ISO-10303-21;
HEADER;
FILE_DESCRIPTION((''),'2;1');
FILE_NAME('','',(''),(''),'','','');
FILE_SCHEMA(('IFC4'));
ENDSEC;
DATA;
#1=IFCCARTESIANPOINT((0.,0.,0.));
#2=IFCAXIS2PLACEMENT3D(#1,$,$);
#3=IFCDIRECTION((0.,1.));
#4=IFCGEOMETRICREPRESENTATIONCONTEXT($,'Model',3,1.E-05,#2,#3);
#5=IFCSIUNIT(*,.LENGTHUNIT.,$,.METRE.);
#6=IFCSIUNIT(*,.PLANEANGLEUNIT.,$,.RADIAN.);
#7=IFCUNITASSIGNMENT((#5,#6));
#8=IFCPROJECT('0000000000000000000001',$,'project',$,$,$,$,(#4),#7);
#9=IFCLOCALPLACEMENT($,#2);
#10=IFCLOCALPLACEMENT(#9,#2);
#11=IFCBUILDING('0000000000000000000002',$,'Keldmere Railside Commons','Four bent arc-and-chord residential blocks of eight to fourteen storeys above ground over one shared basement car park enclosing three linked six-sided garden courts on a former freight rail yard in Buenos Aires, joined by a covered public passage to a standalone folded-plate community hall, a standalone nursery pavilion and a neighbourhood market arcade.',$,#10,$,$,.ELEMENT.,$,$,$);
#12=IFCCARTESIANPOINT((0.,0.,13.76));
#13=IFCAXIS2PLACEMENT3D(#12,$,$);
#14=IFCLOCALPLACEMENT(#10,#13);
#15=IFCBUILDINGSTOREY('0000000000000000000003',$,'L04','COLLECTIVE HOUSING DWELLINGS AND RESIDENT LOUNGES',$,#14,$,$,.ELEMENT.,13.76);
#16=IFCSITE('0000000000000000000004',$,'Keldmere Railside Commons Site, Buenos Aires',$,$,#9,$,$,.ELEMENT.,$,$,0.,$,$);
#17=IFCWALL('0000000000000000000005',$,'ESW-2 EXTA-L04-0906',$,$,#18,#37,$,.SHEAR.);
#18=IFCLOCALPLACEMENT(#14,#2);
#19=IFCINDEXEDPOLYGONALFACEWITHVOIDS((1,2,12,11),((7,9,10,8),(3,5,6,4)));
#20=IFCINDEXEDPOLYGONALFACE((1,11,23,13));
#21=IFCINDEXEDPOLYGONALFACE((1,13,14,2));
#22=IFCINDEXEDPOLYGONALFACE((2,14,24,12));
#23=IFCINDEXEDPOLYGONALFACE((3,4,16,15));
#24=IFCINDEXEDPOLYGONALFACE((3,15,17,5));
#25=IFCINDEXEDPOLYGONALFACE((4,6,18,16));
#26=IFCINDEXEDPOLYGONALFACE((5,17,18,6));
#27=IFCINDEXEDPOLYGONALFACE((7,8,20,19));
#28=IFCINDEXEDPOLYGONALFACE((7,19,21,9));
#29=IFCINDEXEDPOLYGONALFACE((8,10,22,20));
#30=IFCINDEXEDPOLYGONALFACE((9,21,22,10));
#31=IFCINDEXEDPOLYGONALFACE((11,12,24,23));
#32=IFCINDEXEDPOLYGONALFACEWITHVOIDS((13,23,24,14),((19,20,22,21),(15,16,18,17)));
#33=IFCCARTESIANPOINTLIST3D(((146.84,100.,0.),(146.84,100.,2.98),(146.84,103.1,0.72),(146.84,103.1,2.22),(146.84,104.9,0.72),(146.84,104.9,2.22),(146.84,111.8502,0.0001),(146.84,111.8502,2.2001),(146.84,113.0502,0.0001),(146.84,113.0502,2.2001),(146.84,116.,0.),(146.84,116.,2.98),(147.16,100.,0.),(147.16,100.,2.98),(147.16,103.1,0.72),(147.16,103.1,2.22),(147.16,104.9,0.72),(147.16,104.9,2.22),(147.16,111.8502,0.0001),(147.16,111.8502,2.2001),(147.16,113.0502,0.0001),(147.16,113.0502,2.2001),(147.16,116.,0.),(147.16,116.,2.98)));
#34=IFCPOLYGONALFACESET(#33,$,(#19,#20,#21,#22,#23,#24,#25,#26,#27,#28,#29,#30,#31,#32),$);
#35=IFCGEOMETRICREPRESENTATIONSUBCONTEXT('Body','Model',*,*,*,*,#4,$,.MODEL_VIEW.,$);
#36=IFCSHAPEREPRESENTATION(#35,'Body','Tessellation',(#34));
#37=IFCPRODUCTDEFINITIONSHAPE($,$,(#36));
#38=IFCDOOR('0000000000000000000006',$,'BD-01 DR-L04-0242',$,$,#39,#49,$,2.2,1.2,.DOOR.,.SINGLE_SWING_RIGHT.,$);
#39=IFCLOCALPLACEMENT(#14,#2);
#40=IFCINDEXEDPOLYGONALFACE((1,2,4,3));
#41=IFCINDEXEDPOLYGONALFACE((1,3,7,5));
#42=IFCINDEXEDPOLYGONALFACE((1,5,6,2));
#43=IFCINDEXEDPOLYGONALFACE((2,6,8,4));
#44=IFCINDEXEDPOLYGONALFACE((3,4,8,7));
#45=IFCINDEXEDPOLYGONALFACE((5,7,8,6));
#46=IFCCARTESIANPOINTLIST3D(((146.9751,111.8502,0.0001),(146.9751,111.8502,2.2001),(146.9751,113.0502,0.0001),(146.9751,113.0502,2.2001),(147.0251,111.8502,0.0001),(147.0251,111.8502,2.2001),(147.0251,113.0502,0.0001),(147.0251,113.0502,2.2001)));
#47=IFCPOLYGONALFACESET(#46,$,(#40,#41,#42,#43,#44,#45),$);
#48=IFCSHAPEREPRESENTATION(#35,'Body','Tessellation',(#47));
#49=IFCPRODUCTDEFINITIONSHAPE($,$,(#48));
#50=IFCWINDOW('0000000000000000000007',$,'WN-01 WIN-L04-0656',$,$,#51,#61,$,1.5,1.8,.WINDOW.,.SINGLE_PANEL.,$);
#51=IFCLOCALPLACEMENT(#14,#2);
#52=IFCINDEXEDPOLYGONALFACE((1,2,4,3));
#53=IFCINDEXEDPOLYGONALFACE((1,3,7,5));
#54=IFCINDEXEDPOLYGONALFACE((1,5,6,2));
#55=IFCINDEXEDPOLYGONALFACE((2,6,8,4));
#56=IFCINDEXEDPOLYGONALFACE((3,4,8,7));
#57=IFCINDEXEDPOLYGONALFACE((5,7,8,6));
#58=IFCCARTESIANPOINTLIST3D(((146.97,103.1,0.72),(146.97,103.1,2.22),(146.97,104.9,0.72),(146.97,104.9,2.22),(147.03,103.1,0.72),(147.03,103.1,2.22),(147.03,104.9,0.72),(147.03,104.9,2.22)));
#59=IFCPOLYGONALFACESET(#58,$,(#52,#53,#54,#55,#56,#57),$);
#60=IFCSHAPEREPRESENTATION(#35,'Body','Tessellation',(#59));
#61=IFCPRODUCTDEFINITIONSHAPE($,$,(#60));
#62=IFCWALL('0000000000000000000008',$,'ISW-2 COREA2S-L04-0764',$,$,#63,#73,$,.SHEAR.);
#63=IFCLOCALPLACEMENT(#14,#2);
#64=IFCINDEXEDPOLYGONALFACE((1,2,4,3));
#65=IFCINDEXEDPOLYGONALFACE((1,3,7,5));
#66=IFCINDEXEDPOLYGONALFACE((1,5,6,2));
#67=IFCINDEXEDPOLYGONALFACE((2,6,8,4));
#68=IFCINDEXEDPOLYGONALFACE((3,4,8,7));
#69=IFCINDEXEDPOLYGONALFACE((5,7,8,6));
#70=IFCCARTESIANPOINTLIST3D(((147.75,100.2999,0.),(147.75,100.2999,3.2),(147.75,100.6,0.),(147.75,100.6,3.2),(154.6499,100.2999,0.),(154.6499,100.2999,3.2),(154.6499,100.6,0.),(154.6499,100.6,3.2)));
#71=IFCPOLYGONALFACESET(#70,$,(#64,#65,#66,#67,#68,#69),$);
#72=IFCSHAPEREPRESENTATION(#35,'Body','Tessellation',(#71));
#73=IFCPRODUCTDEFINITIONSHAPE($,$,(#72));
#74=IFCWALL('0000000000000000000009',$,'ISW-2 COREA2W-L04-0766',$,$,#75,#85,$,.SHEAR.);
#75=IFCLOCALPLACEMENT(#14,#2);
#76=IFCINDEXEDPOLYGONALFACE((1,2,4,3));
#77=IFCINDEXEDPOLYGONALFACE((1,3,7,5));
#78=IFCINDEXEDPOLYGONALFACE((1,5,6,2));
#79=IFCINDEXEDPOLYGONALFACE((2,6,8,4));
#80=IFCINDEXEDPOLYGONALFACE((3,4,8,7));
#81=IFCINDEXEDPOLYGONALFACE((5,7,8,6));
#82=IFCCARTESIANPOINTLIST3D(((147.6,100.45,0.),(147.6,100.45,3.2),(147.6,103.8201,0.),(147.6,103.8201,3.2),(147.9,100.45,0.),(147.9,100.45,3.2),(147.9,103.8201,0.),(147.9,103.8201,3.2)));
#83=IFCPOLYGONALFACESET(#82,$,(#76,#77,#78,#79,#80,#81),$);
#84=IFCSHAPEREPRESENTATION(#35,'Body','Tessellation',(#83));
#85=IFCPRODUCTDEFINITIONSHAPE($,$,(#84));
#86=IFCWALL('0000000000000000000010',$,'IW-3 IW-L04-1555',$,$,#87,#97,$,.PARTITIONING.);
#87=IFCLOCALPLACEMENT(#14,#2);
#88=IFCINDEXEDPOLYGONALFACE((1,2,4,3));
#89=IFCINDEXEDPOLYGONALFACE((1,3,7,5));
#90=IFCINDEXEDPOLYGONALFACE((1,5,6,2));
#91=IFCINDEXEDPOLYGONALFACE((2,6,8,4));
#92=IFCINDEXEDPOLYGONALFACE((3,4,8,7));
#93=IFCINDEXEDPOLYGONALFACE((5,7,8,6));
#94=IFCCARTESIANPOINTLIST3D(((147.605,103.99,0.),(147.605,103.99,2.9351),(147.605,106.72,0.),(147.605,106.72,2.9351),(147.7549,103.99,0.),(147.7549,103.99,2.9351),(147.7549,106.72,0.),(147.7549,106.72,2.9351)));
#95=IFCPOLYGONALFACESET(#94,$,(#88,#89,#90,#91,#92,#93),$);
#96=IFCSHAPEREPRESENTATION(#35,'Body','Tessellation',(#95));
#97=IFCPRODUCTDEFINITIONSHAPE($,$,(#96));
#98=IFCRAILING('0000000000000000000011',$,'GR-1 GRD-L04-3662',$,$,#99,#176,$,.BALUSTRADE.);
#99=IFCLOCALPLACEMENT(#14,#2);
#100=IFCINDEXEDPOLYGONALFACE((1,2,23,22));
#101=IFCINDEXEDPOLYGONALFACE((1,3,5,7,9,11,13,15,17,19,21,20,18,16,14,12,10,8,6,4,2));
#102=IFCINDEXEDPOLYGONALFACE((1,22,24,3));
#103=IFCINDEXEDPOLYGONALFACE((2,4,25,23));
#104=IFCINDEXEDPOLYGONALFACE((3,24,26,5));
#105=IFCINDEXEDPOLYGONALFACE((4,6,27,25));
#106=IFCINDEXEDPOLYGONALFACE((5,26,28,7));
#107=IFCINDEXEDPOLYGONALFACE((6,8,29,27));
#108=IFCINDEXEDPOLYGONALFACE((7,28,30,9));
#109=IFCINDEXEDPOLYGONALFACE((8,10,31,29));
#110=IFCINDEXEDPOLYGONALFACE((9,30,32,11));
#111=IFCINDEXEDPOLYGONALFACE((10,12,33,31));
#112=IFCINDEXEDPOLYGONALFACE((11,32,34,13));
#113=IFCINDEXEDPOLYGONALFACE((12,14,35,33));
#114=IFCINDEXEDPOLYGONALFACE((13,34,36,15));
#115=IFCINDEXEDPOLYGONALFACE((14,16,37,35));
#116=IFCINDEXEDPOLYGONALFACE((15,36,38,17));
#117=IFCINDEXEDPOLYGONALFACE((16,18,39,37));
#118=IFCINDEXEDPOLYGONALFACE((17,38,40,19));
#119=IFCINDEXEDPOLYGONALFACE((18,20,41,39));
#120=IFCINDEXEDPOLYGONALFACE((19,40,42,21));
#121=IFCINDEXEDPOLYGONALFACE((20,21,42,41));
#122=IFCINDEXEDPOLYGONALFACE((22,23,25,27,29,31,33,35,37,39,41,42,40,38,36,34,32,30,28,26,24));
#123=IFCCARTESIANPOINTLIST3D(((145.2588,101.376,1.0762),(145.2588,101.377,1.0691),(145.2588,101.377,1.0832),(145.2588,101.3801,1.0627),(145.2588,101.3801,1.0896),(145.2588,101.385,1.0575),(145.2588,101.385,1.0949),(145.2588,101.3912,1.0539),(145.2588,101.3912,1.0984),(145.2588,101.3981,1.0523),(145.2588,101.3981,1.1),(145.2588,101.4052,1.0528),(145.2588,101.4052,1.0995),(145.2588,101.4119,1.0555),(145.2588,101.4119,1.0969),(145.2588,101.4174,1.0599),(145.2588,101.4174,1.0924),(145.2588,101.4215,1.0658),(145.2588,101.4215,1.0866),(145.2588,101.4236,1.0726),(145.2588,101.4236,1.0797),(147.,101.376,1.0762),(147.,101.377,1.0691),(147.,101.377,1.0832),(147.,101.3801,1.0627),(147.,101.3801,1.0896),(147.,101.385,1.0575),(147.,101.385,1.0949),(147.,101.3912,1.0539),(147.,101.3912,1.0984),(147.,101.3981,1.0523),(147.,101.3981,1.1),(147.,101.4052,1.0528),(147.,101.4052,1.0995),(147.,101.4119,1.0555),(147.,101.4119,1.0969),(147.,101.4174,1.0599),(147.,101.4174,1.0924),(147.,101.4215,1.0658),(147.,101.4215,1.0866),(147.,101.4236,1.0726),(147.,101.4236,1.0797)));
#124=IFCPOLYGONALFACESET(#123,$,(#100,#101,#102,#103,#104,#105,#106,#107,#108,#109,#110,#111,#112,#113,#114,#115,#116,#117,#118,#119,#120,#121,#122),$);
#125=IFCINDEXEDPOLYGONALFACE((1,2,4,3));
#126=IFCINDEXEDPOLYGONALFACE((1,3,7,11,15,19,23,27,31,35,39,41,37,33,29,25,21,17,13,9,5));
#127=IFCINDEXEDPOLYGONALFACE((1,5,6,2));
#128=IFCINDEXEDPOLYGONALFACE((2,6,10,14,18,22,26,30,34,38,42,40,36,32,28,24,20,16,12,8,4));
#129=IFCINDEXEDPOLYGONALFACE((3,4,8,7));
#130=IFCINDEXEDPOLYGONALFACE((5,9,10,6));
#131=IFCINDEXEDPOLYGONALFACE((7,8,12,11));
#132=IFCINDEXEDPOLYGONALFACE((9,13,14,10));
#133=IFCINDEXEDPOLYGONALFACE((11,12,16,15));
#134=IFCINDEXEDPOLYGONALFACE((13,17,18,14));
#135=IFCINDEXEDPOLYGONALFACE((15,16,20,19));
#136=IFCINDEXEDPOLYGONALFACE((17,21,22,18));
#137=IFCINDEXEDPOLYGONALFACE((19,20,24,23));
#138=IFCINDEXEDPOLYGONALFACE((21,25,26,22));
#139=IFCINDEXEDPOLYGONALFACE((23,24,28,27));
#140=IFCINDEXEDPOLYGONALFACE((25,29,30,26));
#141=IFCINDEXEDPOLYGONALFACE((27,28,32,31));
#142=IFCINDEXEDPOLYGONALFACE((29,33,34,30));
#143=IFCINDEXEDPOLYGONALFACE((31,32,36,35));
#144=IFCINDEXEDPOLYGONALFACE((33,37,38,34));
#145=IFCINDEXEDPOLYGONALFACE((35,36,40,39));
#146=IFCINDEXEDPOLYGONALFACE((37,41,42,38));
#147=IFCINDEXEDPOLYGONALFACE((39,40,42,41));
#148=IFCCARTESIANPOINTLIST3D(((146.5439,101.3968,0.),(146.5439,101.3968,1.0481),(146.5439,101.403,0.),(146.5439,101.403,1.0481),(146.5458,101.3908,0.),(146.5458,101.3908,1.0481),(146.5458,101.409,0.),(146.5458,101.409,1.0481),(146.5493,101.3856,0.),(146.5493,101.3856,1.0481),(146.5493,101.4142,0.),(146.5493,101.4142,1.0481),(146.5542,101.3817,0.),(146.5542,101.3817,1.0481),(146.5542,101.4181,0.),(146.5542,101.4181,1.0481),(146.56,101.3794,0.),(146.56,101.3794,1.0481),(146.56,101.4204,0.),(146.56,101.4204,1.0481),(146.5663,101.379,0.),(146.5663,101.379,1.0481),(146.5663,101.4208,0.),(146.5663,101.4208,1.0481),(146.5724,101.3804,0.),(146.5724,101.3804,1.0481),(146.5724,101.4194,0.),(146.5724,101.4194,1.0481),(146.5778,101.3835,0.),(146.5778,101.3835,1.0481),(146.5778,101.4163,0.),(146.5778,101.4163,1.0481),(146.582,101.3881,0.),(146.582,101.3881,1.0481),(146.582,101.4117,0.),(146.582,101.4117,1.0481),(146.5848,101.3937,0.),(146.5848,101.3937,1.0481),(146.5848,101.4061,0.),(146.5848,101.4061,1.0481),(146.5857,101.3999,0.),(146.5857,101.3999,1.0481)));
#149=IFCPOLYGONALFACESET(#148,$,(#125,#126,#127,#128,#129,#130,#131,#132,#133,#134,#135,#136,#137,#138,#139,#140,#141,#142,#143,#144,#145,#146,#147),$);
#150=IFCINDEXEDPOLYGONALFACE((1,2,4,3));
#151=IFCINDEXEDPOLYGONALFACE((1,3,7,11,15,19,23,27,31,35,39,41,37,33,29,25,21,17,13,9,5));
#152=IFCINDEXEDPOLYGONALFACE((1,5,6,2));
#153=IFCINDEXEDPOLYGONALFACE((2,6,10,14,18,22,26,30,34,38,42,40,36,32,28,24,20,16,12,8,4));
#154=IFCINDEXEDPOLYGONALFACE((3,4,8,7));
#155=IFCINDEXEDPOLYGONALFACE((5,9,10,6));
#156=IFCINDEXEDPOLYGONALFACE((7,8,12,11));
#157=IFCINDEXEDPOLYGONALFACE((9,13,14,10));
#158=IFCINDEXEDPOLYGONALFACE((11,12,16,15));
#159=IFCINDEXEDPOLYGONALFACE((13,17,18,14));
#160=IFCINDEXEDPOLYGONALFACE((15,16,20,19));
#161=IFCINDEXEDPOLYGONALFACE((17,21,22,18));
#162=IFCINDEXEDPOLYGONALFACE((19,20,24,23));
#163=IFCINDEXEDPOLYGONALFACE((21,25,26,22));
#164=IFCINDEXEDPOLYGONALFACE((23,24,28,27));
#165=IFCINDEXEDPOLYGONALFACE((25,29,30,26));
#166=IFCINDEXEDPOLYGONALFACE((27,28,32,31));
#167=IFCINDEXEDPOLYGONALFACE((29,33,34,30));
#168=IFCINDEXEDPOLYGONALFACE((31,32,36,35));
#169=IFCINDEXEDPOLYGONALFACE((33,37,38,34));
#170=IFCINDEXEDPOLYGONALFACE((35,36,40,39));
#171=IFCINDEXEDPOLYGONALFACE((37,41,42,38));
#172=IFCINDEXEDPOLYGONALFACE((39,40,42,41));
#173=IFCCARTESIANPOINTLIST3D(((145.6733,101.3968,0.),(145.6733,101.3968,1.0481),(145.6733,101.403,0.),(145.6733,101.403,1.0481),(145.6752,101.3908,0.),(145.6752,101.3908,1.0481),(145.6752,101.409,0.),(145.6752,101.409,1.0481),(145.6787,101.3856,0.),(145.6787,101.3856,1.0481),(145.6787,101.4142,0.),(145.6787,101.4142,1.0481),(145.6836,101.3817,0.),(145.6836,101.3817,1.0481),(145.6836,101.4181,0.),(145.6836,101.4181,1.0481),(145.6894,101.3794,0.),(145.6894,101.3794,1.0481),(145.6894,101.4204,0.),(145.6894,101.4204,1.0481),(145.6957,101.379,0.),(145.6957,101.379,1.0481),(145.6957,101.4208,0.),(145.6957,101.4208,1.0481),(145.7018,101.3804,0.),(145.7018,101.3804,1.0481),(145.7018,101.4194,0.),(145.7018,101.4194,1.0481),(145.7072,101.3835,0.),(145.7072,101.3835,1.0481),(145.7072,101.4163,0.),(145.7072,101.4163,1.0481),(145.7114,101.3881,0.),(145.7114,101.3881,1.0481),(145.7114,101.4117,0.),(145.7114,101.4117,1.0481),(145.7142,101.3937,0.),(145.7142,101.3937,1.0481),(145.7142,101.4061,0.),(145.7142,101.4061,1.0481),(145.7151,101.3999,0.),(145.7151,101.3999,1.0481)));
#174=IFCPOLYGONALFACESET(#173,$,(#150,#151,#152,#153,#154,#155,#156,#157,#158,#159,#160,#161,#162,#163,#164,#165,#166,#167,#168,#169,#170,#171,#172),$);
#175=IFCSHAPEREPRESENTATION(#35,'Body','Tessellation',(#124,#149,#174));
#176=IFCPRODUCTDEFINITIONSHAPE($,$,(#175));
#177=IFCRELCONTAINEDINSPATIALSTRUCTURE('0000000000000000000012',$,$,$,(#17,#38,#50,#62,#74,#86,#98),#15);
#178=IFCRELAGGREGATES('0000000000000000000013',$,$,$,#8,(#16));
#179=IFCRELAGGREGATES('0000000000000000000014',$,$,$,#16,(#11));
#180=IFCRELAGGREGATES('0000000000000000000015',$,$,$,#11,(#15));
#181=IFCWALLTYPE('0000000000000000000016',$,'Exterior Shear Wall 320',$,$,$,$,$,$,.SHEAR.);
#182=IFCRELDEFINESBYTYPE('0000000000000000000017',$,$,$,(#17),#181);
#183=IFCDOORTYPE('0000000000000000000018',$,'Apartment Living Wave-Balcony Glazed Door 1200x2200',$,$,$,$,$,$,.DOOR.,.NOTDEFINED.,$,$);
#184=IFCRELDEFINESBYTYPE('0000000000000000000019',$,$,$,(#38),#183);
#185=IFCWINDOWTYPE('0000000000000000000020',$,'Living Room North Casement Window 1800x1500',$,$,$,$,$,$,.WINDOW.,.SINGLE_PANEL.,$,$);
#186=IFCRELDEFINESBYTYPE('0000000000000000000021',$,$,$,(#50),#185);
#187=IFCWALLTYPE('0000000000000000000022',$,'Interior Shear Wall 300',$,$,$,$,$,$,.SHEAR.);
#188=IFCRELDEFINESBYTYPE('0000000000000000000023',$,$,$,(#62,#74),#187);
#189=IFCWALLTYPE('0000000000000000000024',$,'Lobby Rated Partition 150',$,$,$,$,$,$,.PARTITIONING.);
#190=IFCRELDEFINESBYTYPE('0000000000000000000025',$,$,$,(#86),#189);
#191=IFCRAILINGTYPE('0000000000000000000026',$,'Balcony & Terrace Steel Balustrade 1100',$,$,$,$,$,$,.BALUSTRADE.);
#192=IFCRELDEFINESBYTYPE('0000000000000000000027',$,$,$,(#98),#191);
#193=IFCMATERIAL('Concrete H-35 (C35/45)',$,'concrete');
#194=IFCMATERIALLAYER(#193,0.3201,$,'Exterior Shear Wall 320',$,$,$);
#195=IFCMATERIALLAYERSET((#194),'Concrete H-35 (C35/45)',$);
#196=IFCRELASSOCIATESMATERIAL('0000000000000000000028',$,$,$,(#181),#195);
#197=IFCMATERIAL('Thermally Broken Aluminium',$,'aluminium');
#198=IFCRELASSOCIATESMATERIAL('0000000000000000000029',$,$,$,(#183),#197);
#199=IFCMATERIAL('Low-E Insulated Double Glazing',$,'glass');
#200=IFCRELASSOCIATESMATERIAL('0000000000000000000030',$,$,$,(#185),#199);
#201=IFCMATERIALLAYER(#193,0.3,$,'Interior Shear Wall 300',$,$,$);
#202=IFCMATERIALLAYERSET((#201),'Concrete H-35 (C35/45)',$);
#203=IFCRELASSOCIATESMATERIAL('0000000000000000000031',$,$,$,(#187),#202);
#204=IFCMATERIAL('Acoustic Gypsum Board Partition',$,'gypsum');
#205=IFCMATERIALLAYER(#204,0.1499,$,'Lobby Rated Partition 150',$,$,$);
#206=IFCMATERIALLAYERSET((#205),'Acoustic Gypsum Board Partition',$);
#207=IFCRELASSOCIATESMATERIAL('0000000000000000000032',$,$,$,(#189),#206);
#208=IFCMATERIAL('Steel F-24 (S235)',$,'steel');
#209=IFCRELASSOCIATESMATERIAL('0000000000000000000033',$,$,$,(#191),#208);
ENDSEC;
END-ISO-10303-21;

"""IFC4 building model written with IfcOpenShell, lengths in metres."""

from ifc_helpers import new_model, si_unit, direction, frame, frame_2d, origin, origin_2d, place, context, subcontext, project, spatial, rectangle, circle, extrude, material, layer, layer_set, type_object, element, fill, save


model = new_model("IFC4")

# Units and contexts
model_context = context("Model", 3, precision=1e-05, world=origin(), true_north=direction((0.0, 1.0)))
body_context = subcontext(model_context, "Body", "Model", "MODEL_VIEW")
ifc_project = project(units=[si_unit("LENGTHUNIT", "METRE"), si_unit("PLANEANGLEUNIT", "RADIAN")], contexts=[model_context])

# Site, building, storey
site_placement = place(None, origin())
site = spatial("IfcSite", under=ifc_project, at=site_placement, Name="Keldmere Railside Commons Site, Buenos Aires", CompositionType="ELEMENT", RefElevation=0.0)
building_placement = place(site_placement, origin())
building = spatial("IfcBuilding", under=site, at=building_placement, Name="Keldmere Railside Commons", Description="Four bent arc-and-chord residential blocks of eight to fourteen storeys above ground over one shared basement car park enclosing three linked six-sided garden courts on a former freight rail yard in Buenos Aires, joined by a covered public passage to a standalone folded-plate community hall, a standalone nursery pavilion and a neighbourhood market arcade.", CompositionType="ELEMENT")
storey_placement = place(building_placement, frame((0.0, 0.0, 13.76)))
storey = spatial("IfcBuildingStorey", under=building, at=storey_placement, Name="L04", Description="COLLECTIVE HOUSING DWELLINGS AND RESIDENT LOUNGES", CompositionType="ELEMENT", Elevation=13.76)

# Shared definitions
ifc_material_1 = material(Name="Acoustic Gypsum Board Partition", Category="gypsum")
ifc_material_2 = material(Name="Steel F-24 (S235)", Category="steel")

# Wall, openings, door, window
ifc_material_3 = material(Name="Concrete H-35 (C35/45)", Category="concrete")
ifc_layer_1 = layer(ifc_material_3, 0.3201, Name="Exterior Shear Wall 320")
ifc_layer_set_1 = layer_set([ifc_layer_1], Name="Concrete H-35 (C35/45)")
wall_type_1 = type_object("IfcWallType", Name="Exterior Shear Wall 320", PredefinedType="SHEAR", material=ifc_layer_set_1)
wall_1_placement = place(storey_placement, frame((147.0, 100.0, 0.0), z_axis=(0.0, 0.0, 1.0), x_axis=(0.0, 1.0, 0.0)))
wall_1 = element("IfcWall", 1, at=wall_1_placement, inside=storey, type_object=wall_type_1, Name="ESW-2 EXTA-L04-0906", PredefinedType="SHEAR", context=body_context, shape_type="SweptSolid", body=[
    extrude(rectangle(XDim=16.0, YDim=0.3201, at=frame_2d((8.0, 0.0))), origin(), (0.0, 0.0, 1.0), 2.98),
])
opening_1_placement = place(wall_1_placement, frame((3.1001, 0.0, 0.72)))
opening_1 = element("IfcOpeningElement", 2, at=opening_1_placement, cuts=wall_1, PredefinedType="OPENING", context=body_context, shape_type="SweptSolid", body=[
    extrude(rectangle(XDim=1.8, YDim=1.5, at=frame_2d((0.8999, 0.75))), frame((0.0, 0.1699, 0.0), z_axis=(0.0, -1.0, 0.0), x_axis=(1.0, 0.0, 0.0)), (0.0, 0.0, 1.0), 0.3401),
])
opening_2_placement = place(wall_1_placement, frame((11.8501, 0.0, 0.0)))
opening_2 = element("IfcOpeningElement", 3, at=opening_2_placement, cuts=wall_1, PredefinedType="OPENING", context=body_context, shape_type="SweptSolid", body=[
    extrude(rectangle(XDim=1.2, YDim=2.2, at=frame_2d((0.6001, 1.1001))), frame((0.0, 0.1699, 0.0), z_axis=(0.0, -1.0, 0.0), x_axis=(1.0, 0.0, 0.0)), (0.0, 0.0, 1.0), 0.3401),
])
ifc_material_4 = material(Name="Thermally Broken Aluminium", Category="aluminium")
door_type_1 = type_object("IfcDoorType", Name="Apartment Living Wave-Balcony Glazed Door 1200x2200", OperationType="NOTDEFINED", PredefinedType="DOOR", material=ifc_material_4)
door_1_placement = place(opening_2_placement, origin())
door_1 = element("IfcDoor", 4, at=door_1_placement, inside=storey, type_object=door_type_1, Name="BD-01 DR-L04-0242", OperationType="SINGLE_SWING_RIGHT", OverallHeight=2.2, OverallWidth=1.2, PredefinedType="DOOR", context=body_context, shape_type="SweptSolid", body=[
    extrude(rectangle(XDim=1.2, YDim=2.2, at=frame_2d((0.6001, 1.1001))), frame((0.0, 0.0249, 0.0), z_axis=(0.0, -1.0, 0.0), x_axis=(1.0, 0.0, 0.0)), (0.0, 0.0, 1.0), 0.05),
])
fill(opening_2, door_1)
ifc_material_5 = material(Name="Low-E Insulated Double Glazing", Category="glass")
window_type = type_object("IfcWindowType", Name="Living Room North Casement Window 1800x1500", PartitioningType="SINGLE_PANEL", PredefinedType="WINDOW", material=ifc_material_5)
window_placement = place(opening_1_placement, origin())
window = element("IfcWindow", 5, at=window_placement, inside=storey, type_object=window_type, Name="WN-01 WIN-L04-0656", OverallHeight=1.5, OverallWidth=1.8, PartitioningType="SINGLE_PANEL", PredefinedType="WINDOW", context=body_context, shape_type="SweptSolid", body=[
    extrude(rectangle(XDim=1.8, YDim=1.5, at=frame_2d((0.8999, 0.75))), frame((0.0, 0.03, 0.0), z_axis=(0.0, -1.0, 0.0), x_axis=(1.0, 0.0, 0.0)), (0.0, 0.0, 1.0), 0.0601),
])
fill(opening_1, window)

# Walls
ifc_layer_2 = layer(ifc_material_3, 0.3, Name="Interior Shear Wall 300")
ifc_layer_set_2 = layer_set([ifc_layer_2], Name="Concrete H-35 (C35/45)")
wall_type_2 = type_object("IfcWallType", Name="Interior Shear Wall 300", PredefinedType="SHEAR", material=ifc_layer_set_2)
wall_2_placement = place(storey_placement, frame((147.75, 100.45, 0.0), z_axis=(0.0, 0.0, 1.0), x_axis=(1.0, 0.0, 0.0)))
element("IfcWall", 6, at=wall_2_placement, inside=storey, type_object=wall_type_2, Name="ISW-2 COREA2S-L04-0764", PredefinedType="SHEAR", context=body_context, shape_type="SweptSolid", body=[
    extrude(rectangle(XDim=6.8999, YDim=0.3, at=frame_2d((3.45, 0.0))), origin(), (0.0, 0.0, 1.0), 3.2),
])
wall_3_placement = place(storey_placement, frame((147.75, 103.8201, 0.0), z_axis=(0.0, 0.0, 1.0), x_axis=(0.0, -1.0, 0.0)))
element("IfcWall", 7, at=wall_3_placement, inside=storey, type_object=wall_type_2, Name="ISW-2 COREA2W-L04-0766", PredefinedType="SHEAR", context=body_context, shape_type="SweptSolid", body=[
    extrude(rectangle(XDim=3.3701, YDim=0.3, at=frame_2d((1.6851, 0.0))), origin(), (0.0, 0.0, 1.0), 3.2),
])
ifc_layer_3 = layer(ifc_material_1, 0.1499, Name="Lobby Rated Partition 150")
ifc_layer_set_3 = layer_set([ifc_layer_3], Name="Acoustic Gypsum Board Partition")
wall_type_3 = type_object("IfcWallType", Name="Lobby Rated Partition 150", PredefinedType="PARTITIONING", material=ifc_layer_set_3)
wall_4_placement = place(storey_placement, frame((147.6799, 103.99, 0.0), z_axis=(0.0, 0.0, 1.0), x_axis=(0.0, 1.0, 0.0)))
element("IfcWall", 8, at=wall_4_placement, inside=storey, type_object=wall_type_3, Name="IW-3 IW-L04-1555", PredefinedType="PARTITIONING", context=body_context, shape_type="SweptSolid", body=[
    extrude(rectangle(XDim=2.73, YDim=0.1499, at=frame_2d((1.365, 0.0))), origin(), (0.0, 0.0, 1.0), 2.9351),
])

# Railing
railing_type_1 = type_object("IfcRailingType", Name="Balcony & Terrace Steel Balustrade 1100", PredefinedType="BALUSTRADE", material=ifc_material_2)
railing_1_placement = place(storey_placement, frame((147.0, 101.3999, 0.0)))
element("IfcRailing", 9, at=railing_1_placement, inside=storey, type_object=railing_type_1, Name="GR-1 GRD-L04-3662", PredefinedType="BALUSTRADE", context=body_context, shape_type="SweptSolid", body=[
    extrude(circle(Radius=0.0239, at=origin_2d()), frame((0.0, 0.0, 1.0762), z_axis=(-1.0, 0.0, 0.0), x_axis=(0.0, -1.0, 0.0)), (0.0, 0.0, 1.0), 1.7412),
    extrude(circle(Radius=0.021, at=origin_2d()), frame((-0.4353, 0.0, 0.0)), (0.0, 0.0, 1.0), 1.0481),
    extrude(circle(Radius=0.021, at=origin_2d()), frame((-1.3059, 0.0, 0.0)), (0.0, 0.0, 1.0), 1.0481),
])

save(model, "model.ifc")
